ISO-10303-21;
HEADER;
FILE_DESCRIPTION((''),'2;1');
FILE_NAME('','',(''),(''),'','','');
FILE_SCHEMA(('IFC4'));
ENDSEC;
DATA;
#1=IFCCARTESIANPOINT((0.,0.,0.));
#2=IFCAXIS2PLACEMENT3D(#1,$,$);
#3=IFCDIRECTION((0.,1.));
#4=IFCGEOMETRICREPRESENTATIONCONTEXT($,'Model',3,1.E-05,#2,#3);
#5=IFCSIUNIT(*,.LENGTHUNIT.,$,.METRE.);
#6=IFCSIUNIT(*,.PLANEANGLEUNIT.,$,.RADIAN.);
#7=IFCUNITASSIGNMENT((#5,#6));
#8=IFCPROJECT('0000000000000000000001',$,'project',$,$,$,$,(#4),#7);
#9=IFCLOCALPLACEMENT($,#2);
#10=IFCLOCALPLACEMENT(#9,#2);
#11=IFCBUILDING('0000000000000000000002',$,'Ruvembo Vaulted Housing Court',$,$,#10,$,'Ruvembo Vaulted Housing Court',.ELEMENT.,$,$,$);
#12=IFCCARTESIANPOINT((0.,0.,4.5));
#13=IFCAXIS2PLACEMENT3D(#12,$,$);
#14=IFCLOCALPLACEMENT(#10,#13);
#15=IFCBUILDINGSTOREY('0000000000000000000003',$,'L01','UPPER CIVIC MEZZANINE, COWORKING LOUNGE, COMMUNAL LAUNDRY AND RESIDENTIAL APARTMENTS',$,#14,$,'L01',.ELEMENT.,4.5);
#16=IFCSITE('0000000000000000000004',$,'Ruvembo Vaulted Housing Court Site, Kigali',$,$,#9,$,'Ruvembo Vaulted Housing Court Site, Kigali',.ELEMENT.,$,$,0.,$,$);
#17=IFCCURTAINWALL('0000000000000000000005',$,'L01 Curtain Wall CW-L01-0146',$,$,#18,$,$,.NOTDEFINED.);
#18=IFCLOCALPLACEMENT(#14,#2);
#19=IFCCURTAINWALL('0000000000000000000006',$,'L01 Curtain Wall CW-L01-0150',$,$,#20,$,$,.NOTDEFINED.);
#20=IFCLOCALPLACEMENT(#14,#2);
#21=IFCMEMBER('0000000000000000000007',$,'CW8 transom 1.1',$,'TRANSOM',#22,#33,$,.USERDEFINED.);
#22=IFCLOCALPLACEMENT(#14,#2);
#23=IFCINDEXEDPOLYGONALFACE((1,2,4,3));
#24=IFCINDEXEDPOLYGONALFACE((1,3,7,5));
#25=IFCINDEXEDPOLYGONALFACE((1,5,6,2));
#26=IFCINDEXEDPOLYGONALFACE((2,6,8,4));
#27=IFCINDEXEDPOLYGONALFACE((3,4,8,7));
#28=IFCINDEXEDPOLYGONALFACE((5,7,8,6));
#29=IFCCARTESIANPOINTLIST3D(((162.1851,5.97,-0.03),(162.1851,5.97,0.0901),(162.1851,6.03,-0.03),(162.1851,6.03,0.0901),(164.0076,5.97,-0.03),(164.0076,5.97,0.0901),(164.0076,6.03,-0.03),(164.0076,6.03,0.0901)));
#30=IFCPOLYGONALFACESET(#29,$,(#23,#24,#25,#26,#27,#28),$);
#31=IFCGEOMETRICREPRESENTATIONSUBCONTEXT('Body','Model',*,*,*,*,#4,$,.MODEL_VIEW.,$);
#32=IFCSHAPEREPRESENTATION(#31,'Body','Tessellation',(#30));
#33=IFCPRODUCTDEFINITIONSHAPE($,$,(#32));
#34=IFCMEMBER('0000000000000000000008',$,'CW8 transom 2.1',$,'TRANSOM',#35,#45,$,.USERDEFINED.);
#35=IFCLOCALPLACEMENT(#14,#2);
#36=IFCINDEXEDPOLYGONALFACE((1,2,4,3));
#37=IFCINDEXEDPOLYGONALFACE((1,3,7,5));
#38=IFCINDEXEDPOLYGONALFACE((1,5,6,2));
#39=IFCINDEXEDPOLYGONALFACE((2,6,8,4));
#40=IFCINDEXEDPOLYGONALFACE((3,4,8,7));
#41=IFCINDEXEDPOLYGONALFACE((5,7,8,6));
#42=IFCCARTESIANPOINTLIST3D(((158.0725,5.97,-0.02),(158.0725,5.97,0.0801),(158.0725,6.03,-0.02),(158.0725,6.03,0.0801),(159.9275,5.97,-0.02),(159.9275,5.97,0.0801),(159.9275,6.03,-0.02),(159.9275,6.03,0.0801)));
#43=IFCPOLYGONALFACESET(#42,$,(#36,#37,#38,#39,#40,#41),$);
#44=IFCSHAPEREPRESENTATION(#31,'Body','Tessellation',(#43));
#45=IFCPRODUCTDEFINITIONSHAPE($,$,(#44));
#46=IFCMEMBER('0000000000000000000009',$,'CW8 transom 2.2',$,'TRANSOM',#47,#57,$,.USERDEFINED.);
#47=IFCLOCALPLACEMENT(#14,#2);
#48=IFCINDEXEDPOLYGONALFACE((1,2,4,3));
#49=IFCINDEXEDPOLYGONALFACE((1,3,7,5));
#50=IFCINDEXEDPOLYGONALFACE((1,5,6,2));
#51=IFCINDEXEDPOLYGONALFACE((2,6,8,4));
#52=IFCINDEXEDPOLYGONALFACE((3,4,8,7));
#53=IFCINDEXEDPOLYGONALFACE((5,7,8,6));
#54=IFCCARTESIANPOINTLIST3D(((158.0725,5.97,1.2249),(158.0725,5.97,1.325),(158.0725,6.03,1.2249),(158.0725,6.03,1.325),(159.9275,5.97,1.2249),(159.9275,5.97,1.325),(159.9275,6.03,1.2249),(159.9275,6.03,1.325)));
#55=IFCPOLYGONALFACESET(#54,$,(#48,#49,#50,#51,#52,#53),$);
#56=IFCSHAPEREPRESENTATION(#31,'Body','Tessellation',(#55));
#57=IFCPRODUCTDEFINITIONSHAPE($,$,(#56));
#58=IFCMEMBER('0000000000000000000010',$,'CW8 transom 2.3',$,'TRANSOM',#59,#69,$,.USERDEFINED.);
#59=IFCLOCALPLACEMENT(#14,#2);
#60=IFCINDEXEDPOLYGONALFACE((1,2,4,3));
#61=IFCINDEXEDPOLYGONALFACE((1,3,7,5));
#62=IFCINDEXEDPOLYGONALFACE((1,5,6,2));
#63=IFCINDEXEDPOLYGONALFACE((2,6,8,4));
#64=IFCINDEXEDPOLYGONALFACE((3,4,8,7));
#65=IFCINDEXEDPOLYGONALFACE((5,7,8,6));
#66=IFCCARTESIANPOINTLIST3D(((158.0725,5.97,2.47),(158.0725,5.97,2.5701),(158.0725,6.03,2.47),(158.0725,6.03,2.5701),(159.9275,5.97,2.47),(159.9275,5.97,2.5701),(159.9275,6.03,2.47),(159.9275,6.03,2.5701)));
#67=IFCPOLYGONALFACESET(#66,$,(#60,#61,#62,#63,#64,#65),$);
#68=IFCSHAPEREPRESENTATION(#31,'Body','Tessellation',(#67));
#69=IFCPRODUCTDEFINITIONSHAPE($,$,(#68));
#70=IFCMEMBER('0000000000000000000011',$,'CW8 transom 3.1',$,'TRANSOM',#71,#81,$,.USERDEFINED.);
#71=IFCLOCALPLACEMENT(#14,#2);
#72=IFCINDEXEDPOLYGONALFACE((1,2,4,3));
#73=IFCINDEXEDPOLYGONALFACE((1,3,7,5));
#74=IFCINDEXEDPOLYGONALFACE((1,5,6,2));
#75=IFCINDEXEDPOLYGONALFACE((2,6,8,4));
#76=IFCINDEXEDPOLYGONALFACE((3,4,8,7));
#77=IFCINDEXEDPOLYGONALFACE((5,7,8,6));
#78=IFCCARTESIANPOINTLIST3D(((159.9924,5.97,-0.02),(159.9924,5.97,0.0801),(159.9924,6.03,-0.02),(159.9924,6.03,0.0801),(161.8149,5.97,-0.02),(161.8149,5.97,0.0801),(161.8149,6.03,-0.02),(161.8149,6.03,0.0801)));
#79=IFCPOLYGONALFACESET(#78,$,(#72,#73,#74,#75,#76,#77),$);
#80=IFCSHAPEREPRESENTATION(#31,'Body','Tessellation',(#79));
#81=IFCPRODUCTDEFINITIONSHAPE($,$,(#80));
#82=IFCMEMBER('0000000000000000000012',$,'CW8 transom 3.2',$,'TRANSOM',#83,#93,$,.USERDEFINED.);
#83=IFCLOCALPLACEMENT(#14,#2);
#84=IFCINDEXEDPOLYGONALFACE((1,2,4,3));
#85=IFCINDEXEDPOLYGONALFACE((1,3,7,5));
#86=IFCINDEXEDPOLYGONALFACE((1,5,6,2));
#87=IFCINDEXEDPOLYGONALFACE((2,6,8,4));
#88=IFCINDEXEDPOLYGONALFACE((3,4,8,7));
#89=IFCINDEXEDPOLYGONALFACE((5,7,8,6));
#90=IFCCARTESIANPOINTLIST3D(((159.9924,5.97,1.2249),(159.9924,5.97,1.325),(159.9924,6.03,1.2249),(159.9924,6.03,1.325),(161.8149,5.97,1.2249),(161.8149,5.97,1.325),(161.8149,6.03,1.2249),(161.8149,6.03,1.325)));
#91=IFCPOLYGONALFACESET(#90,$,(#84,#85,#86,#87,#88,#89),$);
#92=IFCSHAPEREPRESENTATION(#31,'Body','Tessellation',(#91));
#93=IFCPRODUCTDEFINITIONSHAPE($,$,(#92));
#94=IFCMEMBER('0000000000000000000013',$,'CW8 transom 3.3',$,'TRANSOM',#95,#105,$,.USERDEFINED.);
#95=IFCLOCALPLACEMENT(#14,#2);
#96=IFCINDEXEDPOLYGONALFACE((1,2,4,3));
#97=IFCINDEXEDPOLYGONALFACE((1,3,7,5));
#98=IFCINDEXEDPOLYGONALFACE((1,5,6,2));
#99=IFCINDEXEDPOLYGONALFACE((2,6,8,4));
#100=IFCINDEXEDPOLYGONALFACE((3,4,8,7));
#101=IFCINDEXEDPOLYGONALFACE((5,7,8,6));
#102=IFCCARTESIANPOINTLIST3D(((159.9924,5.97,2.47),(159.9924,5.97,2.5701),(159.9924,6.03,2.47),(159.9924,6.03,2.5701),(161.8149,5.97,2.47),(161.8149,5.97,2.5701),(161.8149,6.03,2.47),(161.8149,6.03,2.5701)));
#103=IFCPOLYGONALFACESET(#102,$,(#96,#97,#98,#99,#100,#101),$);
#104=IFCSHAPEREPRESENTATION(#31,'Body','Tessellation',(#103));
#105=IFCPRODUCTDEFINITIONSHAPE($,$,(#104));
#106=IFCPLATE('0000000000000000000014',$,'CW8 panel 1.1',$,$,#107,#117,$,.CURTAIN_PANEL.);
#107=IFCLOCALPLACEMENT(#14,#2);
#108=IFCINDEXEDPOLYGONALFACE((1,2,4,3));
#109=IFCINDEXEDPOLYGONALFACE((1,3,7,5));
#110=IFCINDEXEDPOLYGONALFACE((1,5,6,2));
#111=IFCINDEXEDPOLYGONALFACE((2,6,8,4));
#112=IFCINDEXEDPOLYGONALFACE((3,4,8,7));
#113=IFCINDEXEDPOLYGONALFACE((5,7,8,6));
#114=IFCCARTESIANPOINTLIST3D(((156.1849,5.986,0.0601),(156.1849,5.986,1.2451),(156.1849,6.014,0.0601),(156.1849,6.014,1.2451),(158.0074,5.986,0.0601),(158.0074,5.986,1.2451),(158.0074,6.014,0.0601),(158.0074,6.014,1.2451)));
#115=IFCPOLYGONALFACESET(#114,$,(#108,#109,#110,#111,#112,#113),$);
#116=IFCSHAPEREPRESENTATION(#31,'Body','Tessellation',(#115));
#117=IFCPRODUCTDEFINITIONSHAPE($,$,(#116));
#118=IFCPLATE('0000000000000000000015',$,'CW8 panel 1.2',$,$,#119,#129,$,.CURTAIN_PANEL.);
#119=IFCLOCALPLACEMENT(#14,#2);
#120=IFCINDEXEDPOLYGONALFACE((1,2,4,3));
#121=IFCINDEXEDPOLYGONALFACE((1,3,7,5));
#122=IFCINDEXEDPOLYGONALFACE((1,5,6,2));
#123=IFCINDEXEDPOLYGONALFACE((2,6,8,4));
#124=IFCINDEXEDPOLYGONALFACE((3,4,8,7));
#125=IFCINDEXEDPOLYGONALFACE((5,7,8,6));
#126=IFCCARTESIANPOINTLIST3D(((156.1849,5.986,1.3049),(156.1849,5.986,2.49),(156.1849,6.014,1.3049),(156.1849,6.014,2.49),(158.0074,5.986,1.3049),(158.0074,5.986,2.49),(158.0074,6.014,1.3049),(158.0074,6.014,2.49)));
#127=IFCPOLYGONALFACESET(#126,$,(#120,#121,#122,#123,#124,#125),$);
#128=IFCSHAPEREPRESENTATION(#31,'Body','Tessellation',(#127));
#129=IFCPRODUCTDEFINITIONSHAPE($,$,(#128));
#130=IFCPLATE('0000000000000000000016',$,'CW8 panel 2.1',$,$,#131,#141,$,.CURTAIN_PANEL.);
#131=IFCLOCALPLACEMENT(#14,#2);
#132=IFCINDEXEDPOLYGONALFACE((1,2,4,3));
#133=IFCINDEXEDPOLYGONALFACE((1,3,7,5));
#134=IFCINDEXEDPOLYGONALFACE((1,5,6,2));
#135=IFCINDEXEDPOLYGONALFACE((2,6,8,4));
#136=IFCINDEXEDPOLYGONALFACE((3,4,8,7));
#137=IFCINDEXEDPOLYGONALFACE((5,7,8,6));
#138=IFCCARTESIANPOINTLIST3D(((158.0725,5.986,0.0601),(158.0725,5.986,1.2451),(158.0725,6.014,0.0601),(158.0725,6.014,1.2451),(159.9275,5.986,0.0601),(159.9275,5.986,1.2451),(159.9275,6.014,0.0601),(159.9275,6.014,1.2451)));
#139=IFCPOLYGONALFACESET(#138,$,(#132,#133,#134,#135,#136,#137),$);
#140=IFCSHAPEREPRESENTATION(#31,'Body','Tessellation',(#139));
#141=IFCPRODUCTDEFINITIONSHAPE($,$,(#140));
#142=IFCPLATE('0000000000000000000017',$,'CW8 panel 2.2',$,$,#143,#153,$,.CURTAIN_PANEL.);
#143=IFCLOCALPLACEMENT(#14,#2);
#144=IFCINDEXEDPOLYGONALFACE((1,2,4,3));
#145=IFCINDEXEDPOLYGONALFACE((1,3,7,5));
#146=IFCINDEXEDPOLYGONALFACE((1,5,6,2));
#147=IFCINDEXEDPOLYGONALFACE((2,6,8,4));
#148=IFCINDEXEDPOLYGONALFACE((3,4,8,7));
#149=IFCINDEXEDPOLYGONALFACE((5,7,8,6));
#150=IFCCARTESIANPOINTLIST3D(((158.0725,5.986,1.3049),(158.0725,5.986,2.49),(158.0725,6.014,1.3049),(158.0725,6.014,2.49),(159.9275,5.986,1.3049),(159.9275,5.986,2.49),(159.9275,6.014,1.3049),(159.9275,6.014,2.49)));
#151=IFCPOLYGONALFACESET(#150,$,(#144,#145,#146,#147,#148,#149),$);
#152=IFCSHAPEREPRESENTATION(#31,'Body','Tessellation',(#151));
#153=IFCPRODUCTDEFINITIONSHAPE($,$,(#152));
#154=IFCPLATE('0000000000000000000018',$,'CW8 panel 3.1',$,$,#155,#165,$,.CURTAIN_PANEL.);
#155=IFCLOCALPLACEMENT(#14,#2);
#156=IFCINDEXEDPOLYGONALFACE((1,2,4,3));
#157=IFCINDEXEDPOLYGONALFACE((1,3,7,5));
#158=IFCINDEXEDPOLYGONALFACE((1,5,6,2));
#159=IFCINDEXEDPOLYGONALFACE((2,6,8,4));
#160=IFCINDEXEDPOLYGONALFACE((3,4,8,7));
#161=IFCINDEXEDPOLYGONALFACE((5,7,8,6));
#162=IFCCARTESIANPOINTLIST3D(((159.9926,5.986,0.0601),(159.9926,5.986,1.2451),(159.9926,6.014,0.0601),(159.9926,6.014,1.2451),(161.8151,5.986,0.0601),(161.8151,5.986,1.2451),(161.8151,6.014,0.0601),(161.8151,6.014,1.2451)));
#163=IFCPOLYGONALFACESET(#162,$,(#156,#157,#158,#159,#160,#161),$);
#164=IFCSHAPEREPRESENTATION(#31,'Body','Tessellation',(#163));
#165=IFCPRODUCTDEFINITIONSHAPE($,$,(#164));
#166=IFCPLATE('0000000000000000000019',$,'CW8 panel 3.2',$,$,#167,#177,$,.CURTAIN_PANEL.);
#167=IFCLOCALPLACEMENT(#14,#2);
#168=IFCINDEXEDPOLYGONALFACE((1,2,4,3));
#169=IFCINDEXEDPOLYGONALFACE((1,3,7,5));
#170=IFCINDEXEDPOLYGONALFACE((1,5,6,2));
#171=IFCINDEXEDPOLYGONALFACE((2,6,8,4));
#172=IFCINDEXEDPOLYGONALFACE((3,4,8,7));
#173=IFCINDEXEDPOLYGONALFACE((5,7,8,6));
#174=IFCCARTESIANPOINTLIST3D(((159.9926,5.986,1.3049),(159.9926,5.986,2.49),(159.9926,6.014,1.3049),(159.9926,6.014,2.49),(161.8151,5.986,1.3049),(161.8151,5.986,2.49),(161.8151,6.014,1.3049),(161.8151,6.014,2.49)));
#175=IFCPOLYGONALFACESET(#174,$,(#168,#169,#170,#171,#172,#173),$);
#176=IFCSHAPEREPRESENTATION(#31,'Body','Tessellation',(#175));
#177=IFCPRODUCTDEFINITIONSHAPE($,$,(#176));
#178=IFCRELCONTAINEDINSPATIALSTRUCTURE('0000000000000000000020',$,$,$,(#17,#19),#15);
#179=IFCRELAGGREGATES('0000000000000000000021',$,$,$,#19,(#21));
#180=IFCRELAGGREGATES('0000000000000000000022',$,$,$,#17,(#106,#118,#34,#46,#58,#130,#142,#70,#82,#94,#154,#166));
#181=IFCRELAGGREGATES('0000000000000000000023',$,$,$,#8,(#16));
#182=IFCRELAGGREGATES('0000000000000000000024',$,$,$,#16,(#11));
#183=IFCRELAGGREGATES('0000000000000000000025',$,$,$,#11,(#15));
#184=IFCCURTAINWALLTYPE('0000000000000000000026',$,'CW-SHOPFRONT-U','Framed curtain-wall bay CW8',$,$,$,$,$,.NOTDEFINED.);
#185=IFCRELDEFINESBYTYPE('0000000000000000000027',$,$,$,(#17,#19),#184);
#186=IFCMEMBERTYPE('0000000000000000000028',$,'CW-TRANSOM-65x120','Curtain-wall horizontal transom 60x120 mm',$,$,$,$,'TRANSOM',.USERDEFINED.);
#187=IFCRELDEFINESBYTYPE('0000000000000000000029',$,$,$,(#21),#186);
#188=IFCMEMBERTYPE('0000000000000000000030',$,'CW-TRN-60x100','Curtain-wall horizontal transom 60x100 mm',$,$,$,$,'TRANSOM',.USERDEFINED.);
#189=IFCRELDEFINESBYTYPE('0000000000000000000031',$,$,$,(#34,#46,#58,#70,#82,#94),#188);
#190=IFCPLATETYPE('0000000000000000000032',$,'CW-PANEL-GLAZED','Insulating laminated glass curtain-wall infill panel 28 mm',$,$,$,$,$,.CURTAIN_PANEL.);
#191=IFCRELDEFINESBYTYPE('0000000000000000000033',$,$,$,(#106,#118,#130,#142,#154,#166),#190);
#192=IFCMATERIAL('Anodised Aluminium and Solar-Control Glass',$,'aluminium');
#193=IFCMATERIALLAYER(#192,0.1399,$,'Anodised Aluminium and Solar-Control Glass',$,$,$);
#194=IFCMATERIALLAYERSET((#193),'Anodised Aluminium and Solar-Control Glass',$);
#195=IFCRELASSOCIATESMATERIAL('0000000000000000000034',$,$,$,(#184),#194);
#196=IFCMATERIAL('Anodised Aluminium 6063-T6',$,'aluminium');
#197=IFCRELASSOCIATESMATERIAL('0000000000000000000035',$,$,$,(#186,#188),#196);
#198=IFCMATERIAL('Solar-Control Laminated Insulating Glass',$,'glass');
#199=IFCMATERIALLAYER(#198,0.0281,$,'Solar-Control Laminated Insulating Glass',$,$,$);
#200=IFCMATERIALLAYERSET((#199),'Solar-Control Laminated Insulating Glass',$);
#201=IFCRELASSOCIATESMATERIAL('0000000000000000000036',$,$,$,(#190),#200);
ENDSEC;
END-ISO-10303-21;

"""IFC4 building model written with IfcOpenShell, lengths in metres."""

from ifc_helpers import new_model, si_unit, direction, frame, origin, origin_2d, place, context, subcontext, project, spatial, rectangle, extrude, material, layer, layer_set, material_profile, profile_set, type_object, element, aggregate, save


model = new_model("IFC4")

# Units and contexts
model_context = context("Model", 3, precision=1e-05, world=origin(), true_north=direction((0.0, 1.0)))
body_context = subcontext(model_context, "Body", "Model", "MODEL_VIEW")
ifc_project = project(units=[si_unit("LENGTHUNIT", "METRE"), si_unit("PLANEANGLEUNIT", "RADIAN")], contexts=[model_context])

# Site, building, storey
site_placement = place(None, origin())
site = spatial("IfcSite", under=ifc_project, at=site_placement, Name="Ruvembo Vaulted Housing Court Site, Kigali", LongName="Ruvembo Vaulted Housing Court Site, Kigali", CompositionType="ELEMENT", RefElevation=0.0)
building_placement = place(site_placement, origin())
building = spatial("IfcBuilding", under=site, at=building_placement, Name="Ruvembo Vaulted Housing Court", LongName="Ruvembo Vaulted Housing Court", CompositionType="ELEMENT")
storey_placement = place(building_placement, frame((0.0, 0.0, 4.5)))
storey = spatial("IfcBuildingStorey", under=building, at=storey_placement, Name="L01", Description="UPPER CIVIC MEZZANINE, COWORKING LOUNGE, COMMUNAL LAUNDRY AND RESIDENTIAL APARTMENTS", LongName="L01", CompositionType="ELEMENT", Elevation=4.5)

# Curtain walls, member
ifc_material_1 = material(Name="Anodised Aluminium and Solar-Control Glass", Category="aluminium")
ifc_layer_1 = layer(ifc_material_1, 0.1399, Name="Anodised Aluminium and Solar-Control Glass")
ifc_layer_set_1 = layer_set([ifc_layer_1], Name="Anodised Aluminium and Solar-Control Glass")
curtain_wall_type = type_object("IfcCurtainWallType", Name="CW-SHOPFRONT-U", Description="Framed curtain-wall bay CW8", PredefinedType="NOTDEFINED", material=ifc_layer_set_1)
curtain_wall_1_placement = place(storey_placement, origin())
curtain_wall_1 = element("IfcCurtainWall", 1, at=curtain_wall_1_placement, inside=storey, type_object=curtain_wall_type, Name="L01 Curtain Wall CW-L01-0146", PredefinedType="NOTDEFINED")
ifc_material_2 = material(Name="Anodised Aluminium 6063-T6", Category="aluminium")
curtain_wall_2_placement = place(storey_placement, origin())
curtain_wall_2 = element("IfcCurtainWall", 2, at=curtain_wall_2_placement, inside=storey, type_object=curtain_wall_type, Name="L01 Curtain Wall CW-L01-0150", PredefinedType="NOTDEFINED")
ifc_material_profile_1 = material_profile(ifc_material_2, rectangle(XDim=0.0601, YDim=0.1201, at=origin_2d()), Name="ALU 60x120")
ifc_profile_set_1 = profile_set([ifc_material_profile_1], Name="Anodised Aluminium 6063-T6")
member_type_1 = type_object("IfcMemberType", Name="CW-TRANSOM-65x120", Description="Curtain-wall horizontal transom 60x120 mm", ElementType="TRANSOM", PredefinedType="USERDEFINED", material=ifc_profile_set_1)
member_1_placement = place(storey_placement, frame((162.1851, 6.0, 0.03), z_axis=(1.0, 0.0, 0.0), x_axis=(0.0, 1.0, 0.0)))
member_1 = element("IfcMember", 3, at=member_1_placement, type_object=member_type_1, Name="CW8 transom 1.1", ObjectType="TRANSOM", PredefinedType="USERDEFINED", context=body_context, shape_type="SweptSolid", body=[
    extrude(rectangle(XDim=0.0601, YDim=0.1201, at=origin_2d()), origin(), (0.0, 0.0, 1.0), 1.8225),
])
aggregate(curtain_wall_2, [member_1])

# Members
ifc_material_profile_2 = material_profile(ifc_material_2, rectangle(XDim=0.0601, YDim=0.1001, at=origin_2d()), Name="ALU 60x100")
ifc_profile_set_2 = profile_set([ifc_material_profile_2], Name="Anodised Aluminium 6063-T6")
member_type_2 = type_object("IfcMemberType", Name="CW-TRN-60x100", Description="Curtain-wall horizontal transom 60x100 mm", ElementType="TRANSOM", PredefinedType="USERDEFINED", material=ifc_profile_set_2)
member_2_placement = place(storey_placement, frame((158.0725, 6.0, 0.03), z_axis=(1.0, 0.0, 0.0), x_axis=(0.0, 1.0, 0.0)))
member_2 = element("IfcMember", 4, at=member_2_placement, type_object=member_type_2, Name="CW8 transom 2.1", ObjectType="TRANSOM", PredefinedType="USERDEFINED", context=body_context, shape_type="SweptSolid", body=[
    extrude(rectangle(XDim=0.0601, YDim=0.1001, at=origin_2d()), origin(), (0.0, 0.0, 1.0), 1.855),
])
member_3_placement = place(storey_placement, frame((158.0725, 6.0, 1.2749), z_axis=(1.0, 0.0, 0.0), x_axis=(0.0, 1.0, 0.0)))
member_3 = element("IfcMember", 5, at=member_3_placement, type_object=member_type_2, Name="CW8 transom 2.2", ObjectType="TRANSOM", PredefinedType="USERDEFINED", context=body_context, shape_type="SweptSolid", body=[
    extrude(rectangle(XDim=0.0601, YDim=0.1001, at=origin_2d()), origin(), (0.0, 0.0, 1.0), 1.855),
])
member_4_placement = place(storey_placement, frame((158.0725, 6.0, 2.52), z_axis=(1.0, 0.0, 0.0), x_axis=(0.0, 1.0, 0.0)))
member_4 = element("IfcMember", 6, at=member_4_placement, type_object=member_type_2, Name="CW8 transom 2.3", ObjectType="TRANSOM", PredefinedType="USERDEFINED", context=body_context, shape_type="SweptSolid", body=[
    extrude(rectangle(XDim=0.0601, YDim=0.1001, at=origin_2d()), origin(), (0.0, 0.0, 1.0), 1.855),
])
member_5_placement = place(storey_placement, frame((159.9924, 6.0, 0.03), z_axis=(1.0, 0.0, 0.0), x_axis=(0.0, 1.0, 0.0)))
member_5 = element("IfcMember", 7, at=member_5_placement, type_object=member_type_2, Name="CW8 transom 3.1", ObjectType="TRANSOM", PredefinedType="USERDEFINED", context=body_context, shape_type="SweptSolid", body=[
    extrude(rectangle(XDim=0.0601, YDim=0.1001, at=origin_2d()), origin(), (0.0, 0.0, 1.0), 1.8225),
])
member_6_placement = place(storey_placement, frame((159.9924, 6.0, 1.2749), z_axis=(1.0, 0.0, 0.0), x_axis=(0.0, 1.0, 0.0)))
member_6 = element("IfcMember", 8, at=member_6_placement, type_object=member_type_2, Name="CW8 transom 3.2", ObjectType="TRANSOM", PredefinedType="USERDEFINED", context=body_context, shape_type="SweptSolid", body=[
    extrude(rectangle(XDim=0.0601, YDim=0.1001, at=origin_2d()), origin(), (0.0, 0.0, 1.0), 1.8225),
])
member_7_placement = place(storey_placement, frame((159.9924, 6.0, 2.52), z_axis=(1.0, 0.0, 0.0), x_axis=(0.0, 1.0, 0.0)))
member_7 = element("IfcMember", 9, at=member_7_placement, type_object=member_type_2, Name="CW8 transom 3.3", ObjectType="TRANSOM", PredefinedType="USERDEFINED", context=body_context, shape_type="SweptSolid", body=[
    extrude(rectangle(XDim=0.0601, YDim=0.1001, at=origin_2d()), origin(), (0.0, 0.0, 1.0), 1.8225),
])

# Plates
ifc_material_3 = material(Name="Solar-Control Laminated Insulating Glass", Category="glass")
ifc_layer_2 = layer(ifc_material_3, 0.0281, Name="Solar-Control Laminated Insulating Glass")
ifc_layer_set_2 = layer_set([ifc_layer_2], Name="Solar-Control Laminated Insulating Glass")
plate_type = type_object("IfcPlateType", Name="CW-PANEL-GLAZED", Description="Insulating laminated glass curtain-wall infill panel 28 mm", PredefinedType="CURTAIN_PANEL", material=ifc_layer_set_2)
plate_1_placement = place(storey_placement, frame((157.0962, 6.0, 0.0601), z_axis=(0.0, 0.0, 1.0), x_axis=(1.0, 0.0, 0.0)))
plate_1 = element("IfcPlate", 10, at=plate_1_placement, type_object=plate_type, Name="CW8 panel 1.1", PredefinedType="CURTAIN_PANEL", context=body_context, shape_type="SweptSolid", body=[
    extrude(rectangle(XDim=1.8225, YDim=0.0281, at=origin_2d()), origin(), (0.0, 0.0, 1.0), 1.1851),
])
plate_2_placement = place(storey_placement, frame((157.0962, 6.0, 1.3049), z_axis=(0.0, 0.0, 1.0), x_axis=(1.0, 0.0, 0.0)))
plate_2 = element("IfcPlate", 11, at=plate_2_placement, type_object=plate_type, Name="CW8 panel 1.2", PredefinedType="CURTAIN_PANEL", context=body_context, shape_type="SweptSolid", body=[
    extrude(rectangle(XDim=1.8225, YDim=0.0281, at=origin_2d()), origin(), (0.0, 0.0, 1.0), 1.1851),
])
plate_3_placement = place(storey_placement, frame((159.0, 6.0, 0.0601), z_axis=(0.0, 0.0, 1.0), x_axis=(1.0, 0.0, 0.0)))
plate_3 = element("IfcPlate", 12, at=plate_3_placement, type_object=plate_type, Name="CW8 panel 2.1", PredefinedType="CURTAIN_PANEL", context=body_context, shape_type="SweptSolid", body=[
    extrude(rectangle(XDim=1.855, YDim=0.0281, at=origin_2d()), origin(), (0.0, 0.0, 1.0), 1.1851),
])
plate_4_placement = place(storey_placement, frame((159.0, 6.0, 1.3049), z_axis=(0.0, 0.0, 1.0), x_axis=(1.0, 0.0, 0.0)))
plate_4 = element("IfcPlate", 13, at=plate_4_placement, type_object=plate_type, Name="CW8 panel 2.2", PredefinedType="CURTAIN_PANEL", context=body_context, shape_type="SweptSolid", body=[
    extrude(rectangle(XDim=1.855, YDim=0.0281, at=origin_2d()), origin(), (0.0, 0.0, 1.0), 1.1851),
])
plate_5_placement = place(storey_placement, frame((160.9038, 6.0, 0.0601), z_axis=(0.0, 0.0, 1.0), x_axis=(1.0, 0.0, 0.0)))
plate_5 = element("IfcPlate", 14, at=plate_5_placement, type_object=plate_type, Name="CW8 panel 3.1", PredefinedType="CURTAIN_PANEL", context=body_context, shape_type="SweptSolid", body=[
    extrude(rectangle(XDim=1.8225, YDim=0.0281, at=origin_2d()), origin(), (0.0, 0.0, 1.0), 1.1851),
])
plate_6_placement = place(storey_placement, frame((160.9038, 6.0, 1.3049), z_axis=(0.0, 0.0, 1.0), x_axis=(1.0, 0.0, 0.0)))
plate_6 = element("IfcPlate", 15, at=plate_6_placement, type_object=plate_type, Name="CW8 panel 3.2", PredefinedType="CURTAIN_PANEL", context=body_context, shape_type="SweptSolid", body=[
    extrude(rectangle(XDim=1.8225, YDim=0.0281, at=origin_2d()), origin(), (0.0, 0.0, 1.0), 1.1851),
])
aggregate(curtain_wall_1, [plate_1, plate_2, member_2, member_3, member_4, plate_3, plate_4, member_5, member_6, member_7, plate_5, plate_6])

save(model, "model.ifc")
